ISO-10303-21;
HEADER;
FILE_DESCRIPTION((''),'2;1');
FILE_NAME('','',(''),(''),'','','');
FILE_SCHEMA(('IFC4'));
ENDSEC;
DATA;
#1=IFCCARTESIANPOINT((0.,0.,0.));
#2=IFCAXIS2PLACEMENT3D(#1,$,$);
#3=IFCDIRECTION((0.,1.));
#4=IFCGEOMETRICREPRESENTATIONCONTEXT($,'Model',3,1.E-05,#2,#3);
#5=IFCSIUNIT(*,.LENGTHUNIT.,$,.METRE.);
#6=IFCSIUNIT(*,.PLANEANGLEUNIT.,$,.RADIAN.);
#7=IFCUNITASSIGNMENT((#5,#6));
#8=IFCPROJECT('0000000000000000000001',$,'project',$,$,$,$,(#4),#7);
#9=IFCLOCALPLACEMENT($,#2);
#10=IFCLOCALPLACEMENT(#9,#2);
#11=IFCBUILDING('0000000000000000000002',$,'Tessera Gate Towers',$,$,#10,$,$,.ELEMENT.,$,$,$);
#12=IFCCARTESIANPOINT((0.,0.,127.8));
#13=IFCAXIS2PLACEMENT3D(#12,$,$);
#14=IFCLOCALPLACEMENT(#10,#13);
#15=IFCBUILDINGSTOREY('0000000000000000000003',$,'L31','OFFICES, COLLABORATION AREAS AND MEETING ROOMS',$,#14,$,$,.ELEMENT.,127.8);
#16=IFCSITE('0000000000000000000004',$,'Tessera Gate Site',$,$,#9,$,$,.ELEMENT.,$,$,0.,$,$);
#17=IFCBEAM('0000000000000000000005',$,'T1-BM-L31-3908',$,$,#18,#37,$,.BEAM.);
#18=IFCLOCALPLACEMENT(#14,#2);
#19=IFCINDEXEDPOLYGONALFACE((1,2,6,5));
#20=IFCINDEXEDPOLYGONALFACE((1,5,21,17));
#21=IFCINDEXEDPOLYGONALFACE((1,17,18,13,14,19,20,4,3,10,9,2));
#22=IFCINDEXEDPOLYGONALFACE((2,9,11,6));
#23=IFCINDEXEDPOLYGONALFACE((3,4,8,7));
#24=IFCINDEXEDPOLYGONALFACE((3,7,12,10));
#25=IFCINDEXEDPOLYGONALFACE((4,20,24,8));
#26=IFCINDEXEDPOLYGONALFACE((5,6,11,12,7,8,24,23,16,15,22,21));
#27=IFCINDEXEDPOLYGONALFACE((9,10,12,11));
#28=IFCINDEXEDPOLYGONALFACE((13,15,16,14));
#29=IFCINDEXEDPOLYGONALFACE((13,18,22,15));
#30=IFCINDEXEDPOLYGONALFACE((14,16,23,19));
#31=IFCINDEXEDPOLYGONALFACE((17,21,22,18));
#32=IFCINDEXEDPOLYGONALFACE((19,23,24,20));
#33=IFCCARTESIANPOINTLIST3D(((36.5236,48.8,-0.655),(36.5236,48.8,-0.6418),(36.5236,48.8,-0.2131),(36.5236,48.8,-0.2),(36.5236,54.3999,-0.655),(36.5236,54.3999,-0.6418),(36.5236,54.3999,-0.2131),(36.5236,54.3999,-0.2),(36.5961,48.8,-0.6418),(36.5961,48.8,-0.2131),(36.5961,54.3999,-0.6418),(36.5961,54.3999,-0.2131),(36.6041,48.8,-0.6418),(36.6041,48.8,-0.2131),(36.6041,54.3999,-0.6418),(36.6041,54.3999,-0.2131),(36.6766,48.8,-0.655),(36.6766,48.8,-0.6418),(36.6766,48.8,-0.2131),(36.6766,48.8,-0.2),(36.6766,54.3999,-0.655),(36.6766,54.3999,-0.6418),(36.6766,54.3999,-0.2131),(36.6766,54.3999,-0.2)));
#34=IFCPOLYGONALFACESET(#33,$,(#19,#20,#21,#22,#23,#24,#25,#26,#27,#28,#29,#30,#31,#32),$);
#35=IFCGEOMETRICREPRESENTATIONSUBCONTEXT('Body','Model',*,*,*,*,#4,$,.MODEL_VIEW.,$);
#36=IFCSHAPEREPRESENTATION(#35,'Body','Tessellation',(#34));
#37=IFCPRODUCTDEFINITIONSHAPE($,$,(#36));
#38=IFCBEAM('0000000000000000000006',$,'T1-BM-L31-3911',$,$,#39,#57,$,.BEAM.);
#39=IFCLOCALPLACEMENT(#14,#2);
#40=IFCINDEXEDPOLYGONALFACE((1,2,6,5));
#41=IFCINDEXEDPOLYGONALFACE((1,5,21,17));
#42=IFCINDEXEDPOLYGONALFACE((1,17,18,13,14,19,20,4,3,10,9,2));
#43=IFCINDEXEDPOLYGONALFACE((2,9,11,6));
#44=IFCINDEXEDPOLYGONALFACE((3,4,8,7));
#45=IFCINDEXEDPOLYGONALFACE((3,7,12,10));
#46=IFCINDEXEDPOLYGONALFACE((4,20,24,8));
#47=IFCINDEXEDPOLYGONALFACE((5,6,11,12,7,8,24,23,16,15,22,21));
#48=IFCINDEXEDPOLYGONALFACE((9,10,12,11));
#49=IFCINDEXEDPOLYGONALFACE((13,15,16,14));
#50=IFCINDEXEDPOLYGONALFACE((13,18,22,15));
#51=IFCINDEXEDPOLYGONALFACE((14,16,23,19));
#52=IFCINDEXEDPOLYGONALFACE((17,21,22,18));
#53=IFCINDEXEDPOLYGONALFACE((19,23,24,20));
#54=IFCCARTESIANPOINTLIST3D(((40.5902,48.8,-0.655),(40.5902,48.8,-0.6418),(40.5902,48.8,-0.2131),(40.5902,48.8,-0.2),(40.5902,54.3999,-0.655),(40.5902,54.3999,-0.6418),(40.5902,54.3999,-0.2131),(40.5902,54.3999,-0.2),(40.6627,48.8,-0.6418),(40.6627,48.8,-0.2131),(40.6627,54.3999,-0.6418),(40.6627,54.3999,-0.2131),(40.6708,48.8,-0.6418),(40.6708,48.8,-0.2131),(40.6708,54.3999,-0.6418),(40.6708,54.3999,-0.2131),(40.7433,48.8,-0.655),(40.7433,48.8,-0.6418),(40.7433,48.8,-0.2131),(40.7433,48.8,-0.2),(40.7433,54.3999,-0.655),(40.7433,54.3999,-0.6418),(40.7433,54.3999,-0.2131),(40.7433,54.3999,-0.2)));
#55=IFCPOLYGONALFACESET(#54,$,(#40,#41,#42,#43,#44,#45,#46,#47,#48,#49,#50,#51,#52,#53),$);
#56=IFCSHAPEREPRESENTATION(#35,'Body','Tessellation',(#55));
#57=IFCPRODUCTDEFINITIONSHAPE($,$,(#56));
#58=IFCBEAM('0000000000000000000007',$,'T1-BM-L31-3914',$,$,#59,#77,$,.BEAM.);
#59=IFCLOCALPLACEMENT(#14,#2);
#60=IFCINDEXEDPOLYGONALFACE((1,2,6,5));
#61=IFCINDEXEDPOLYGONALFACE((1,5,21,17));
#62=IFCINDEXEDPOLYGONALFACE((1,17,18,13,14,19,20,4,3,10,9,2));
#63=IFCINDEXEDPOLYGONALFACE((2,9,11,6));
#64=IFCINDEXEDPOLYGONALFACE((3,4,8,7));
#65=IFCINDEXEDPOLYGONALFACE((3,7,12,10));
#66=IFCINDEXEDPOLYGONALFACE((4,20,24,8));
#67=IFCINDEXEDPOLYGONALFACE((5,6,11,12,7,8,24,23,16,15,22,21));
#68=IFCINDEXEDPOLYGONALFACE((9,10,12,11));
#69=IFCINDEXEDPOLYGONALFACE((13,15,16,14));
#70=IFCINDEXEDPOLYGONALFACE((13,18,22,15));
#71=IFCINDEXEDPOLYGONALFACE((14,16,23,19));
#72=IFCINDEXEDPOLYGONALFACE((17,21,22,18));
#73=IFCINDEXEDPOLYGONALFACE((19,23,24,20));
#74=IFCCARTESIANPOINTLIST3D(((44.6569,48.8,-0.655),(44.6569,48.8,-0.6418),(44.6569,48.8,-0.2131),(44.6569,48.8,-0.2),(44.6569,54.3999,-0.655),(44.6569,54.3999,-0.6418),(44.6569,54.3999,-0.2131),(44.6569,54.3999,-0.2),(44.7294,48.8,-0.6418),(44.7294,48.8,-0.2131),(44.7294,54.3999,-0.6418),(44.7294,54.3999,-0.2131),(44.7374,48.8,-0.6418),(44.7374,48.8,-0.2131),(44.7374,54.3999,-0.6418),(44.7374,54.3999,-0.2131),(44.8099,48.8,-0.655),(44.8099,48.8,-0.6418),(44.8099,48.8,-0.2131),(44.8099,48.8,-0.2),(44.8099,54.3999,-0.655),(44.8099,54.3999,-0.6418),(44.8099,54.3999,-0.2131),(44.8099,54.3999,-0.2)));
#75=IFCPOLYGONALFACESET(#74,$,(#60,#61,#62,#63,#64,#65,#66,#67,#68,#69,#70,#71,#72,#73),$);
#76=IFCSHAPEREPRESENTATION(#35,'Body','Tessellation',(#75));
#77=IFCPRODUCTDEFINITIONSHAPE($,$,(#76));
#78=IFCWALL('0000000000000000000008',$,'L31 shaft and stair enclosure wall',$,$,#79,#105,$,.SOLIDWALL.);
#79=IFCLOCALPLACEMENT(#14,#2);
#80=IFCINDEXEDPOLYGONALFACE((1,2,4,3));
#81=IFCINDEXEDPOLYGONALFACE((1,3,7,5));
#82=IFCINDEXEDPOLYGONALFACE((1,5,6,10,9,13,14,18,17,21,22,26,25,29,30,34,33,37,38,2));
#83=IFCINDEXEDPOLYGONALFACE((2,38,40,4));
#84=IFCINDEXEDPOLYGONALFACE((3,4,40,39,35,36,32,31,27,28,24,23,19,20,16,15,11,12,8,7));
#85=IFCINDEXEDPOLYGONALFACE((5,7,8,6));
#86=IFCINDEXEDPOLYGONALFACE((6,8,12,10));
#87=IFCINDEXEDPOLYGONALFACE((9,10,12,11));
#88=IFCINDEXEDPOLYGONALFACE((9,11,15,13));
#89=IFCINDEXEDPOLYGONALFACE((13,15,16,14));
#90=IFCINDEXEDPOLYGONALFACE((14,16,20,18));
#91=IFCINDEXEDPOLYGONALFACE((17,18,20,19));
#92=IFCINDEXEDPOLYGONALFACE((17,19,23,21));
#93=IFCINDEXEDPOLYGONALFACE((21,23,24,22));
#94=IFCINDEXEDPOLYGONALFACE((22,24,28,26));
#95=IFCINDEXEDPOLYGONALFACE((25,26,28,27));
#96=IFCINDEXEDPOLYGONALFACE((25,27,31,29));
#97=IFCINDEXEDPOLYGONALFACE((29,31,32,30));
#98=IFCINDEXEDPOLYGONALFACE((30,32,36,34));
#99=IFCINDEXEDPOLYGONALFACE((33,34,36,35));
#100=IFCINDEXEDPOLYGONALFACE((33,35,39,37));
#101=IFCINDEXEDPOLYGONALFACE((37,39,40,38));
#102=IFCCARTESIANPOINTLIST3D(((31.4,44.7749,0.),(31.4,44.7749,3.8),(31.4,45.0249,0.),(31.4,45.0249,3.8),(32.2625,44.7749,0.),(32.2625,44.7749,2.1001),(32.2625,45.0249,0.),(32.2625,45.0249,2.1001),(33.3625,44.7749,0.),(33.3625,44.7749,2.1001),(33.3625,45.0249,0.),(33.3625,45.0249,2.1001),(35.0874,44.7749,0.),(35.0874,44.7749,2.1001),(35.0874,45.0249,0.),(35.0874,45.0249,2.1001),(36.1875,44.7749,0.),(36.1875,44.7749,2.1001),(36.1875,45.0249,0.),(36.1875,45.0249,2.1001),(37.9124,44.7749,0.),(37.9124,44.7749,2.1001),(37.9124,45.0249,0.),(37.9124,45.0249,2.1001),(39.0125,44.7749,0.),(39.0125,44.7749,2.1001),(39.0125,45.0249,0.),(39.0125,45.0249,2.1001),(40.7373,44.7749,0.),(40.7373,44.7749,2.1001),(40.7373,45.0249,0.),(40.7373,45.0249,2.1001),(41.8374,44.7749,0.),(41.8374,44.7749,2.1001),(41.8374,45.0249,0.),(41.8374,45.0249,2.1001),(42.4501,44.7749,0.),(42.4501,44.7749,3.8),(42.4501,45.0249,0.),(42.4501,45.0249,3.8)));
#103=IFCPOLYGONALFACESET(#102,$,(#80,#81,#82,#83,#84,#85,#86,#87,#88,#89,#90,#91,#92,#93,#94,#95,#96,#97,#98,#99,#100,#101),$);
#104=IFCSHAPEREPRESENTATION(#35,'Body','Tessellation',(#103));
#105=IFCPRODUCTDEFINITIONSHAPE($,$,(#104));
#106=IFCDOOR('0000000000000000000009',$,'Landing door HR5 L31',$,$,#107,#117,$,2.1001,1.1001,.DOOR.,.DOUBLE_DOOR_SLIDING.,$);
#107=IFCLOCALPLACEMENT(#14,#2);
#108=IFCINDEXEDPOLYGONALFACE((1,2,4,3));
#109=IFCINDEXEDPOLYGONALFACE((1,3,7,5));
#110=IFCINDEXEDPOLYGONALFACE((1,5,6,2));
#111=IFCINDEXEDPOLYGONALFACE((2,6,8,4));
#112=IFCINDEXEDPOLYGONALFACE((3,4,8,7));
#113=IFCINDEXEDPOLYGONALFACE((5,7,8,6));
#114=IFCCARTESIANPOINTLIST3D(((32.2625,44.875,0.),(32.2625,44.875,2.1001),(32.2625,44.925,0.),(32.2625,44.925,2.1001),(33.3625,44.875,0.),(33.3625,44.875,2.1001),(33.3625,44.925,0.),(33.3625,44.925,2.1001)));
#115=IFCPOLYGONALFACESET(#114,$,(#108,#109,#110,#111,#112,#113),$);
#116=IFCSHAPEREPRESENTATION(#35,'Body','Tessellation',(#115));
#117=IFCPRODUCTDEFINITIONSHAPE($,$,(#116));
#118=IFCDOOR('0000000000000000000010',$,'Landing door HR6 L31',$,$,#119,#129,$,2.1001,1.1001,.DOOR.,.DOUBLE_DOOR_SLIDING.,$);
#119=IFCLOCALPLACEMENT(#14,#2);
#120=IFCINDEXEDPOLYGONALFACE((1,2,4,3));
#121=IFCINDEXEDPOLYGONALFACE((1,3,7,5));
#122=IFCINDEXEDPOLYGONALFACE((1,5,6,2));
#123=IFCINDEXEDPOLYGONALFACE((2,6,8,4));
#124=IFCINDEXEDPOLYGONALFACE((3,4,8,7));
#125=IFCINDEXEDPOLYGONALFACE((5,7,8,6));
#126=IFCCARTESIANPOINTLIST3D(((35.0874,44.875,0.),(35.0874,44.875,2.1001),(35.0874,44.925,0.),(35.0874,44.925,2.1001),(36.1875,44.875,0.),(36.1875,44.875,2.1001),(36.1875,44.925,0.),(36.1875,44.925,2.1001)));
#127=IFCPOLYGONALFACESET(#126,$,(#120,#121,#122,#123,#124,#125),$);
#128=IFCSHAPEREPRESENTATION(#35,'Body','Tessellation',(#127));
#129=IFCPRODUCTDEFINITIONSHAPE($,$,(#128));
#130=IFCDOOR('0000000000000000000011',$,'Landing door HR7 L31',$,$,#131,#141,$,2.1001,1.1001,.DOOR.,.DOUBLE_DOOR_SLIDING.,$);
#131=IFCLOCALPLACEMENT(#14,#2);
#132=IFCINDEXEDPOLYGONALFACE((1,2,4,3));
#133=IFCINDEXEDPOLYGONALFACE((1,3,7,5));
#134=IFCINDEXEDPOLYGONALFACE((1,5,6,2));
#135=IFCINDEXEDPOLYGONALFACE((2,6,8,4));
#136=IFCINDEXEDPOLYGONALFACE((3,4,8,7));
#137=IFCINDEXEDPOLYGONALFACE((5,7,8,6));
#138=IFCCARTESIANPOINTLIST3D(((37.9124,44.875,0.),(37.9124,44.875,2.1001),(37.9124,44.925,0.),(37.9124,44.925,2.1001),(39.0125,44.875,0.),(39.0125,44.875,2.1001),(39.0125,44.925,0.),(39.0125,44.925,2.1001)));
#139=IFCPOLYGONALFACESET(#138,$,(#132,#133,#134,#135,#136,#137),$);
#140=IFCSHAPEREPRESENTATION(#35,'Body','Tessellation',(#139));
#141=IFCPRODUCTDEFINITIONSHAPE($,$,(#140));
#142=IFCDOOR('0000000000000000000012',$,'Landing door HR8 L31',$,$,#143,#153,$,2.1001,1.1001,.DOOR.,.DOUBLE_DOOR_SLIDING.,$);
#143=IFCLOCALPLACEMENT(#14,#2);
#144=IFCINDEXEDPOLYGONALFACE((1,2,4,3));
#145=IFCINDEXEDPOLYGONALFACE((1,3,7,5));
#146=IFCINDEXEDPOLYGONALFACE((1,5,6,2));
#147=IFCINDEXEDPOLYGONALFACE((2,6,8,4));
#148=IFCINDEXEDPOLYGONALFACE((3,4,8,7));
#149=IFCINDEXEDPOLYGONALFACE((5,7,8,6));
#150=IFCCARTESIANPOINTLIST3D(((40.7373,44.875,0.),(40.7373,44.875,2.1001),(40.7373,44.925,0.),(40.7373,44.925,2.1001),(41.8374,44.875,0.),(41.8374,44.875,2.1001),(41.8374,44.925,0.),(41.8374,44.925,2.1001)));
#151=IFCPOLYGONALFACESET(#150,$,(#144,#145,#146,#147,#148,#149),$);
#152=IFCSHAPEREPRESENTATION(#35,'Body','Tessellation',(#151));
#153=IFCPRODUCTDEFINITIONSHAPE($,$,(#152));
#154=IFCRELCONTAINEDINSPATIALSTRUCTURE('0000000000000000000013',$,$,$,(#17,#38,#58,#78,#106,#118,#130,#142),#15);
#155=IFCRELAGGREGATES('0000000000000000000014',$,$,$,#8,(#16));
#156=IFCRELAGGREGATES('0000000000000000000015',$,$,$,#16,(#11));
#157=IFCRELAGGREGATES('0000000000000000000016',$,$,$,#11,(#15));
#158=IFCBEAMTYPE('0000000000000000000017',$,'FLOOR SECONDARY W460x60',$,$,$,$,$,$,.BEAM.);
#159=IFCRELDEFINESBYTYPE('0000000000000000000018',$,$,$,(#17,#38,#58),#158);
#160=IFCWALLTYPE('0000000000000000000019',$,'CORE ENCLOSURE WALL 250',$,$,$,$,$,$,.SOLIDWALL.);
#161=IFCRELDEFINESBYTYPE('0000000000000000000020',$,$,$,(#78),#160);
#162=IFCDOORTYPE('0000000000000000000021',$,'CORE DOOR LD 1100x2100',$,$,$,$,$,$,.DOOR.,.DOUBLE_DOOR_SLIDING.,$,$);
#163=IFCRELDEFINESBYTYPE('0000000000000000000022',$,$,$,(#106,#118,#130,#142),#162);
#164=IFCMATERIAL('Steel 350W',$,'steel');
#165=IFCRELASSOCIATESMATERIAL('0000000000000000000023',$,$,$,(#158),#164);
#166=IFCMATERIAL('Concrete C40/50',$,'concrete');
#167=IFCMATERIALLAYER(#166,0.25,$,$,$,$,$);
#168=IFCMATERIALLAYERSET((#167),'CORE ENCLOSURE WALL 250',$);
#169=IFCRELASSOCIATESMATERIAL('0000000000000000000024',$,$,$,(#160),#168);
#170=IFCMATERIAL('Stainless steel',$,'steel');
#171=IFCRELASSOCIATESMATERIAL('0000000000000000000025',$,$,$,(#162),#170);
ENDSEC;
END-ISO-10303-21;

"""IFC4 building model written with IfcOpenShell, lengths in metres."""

from ifc_helpers import new_model, si_unit, direction, frame, frame_2d, origin, origin_2d, place, context, subcontext, project, spatial, rectangle, i_section, extrude, source, transform, mapped, material, layer, layer_set, material_profile, profile_set, type_object, element, fill, save


model = new_model("IFC4")

# Units and contexts
model_context = context("Model", 3, precision=1e-05, world=origin(), true_north=direction((0.0, 1.0)))
body_context = subcontext(model_context, "Body", "Model", "MODEL_VIEW")
ifc_project = project(units=[si_unit("LENGTHUNIT", "METRE"), si_unit("PLANEANGLEUNIT", "RADIAN")], contexts=[model_context])

# Site, building, storey
site_placement = place(None, origin())
site = spatial("IfcSite", under=ifc_project, at=site_placement, Name="Tessera Gate Site", CompositionType="ELEMENT", RefElevation=0.0)
building_placement = place(site_placement, origin())
building = spatial("IfcBuilding", under=site, at=building_placement, Name="Tessera Gate Towers", CompositionType="ELEMENT")
storey_placement = place(building_placement, frame((0.0, 0.0, 127.8)))
storey = spatial("IfcBuildingStorey", under=building, at=storey_placement, Name="L31", Description="OFFICES, COLLABORATION AREAS AND MEETING ROOMS", CompositionType="ELEMENT", Elevation=127.8)

# Beams
ifc_material_1 = material(Name="Steel 350W", Category="steel")
ifc_material_profile = material_profile(ifc_material_1, i_section(OverallWidth=0.1531, OverallDepth=0.4551, WebThickness=0.0081, FlangeThickness=0.0132, at=origin_2d()), Name="W460x60")
ifc_profile_set = profile_set([ifc_material_profile], Name="Steel 350W")
beam_type = type_object("IfcBeamType", Name="FLOOR SECONDARY W460x60", PredefinedType="BEAM", material=ifc_profile_set)
for number, where, z_axis, x_axis, name in (
    (1, (36.6001, 48.8, -0.4275), (0.0, 1.0, 0.0), (-1.0, 0.0, 0.0), "T1-BM-L31-3908"),
    (2, (40.6667, 48.8, -0.4275), (0.0, 1.0, 0.0), (-1.0, 0.0, 0.0), "T1-BM-L31-3911"),
    (3, (44.7334, 48.8, -0.4275), (0.0, 1.0, 0.0), (-1.0, 0.0, 0.0), "T1-BM-L31-3914"),
):
    element("IfcBeam", number, at=place(storey_placement, frame(where, z_axis=z_axis, x_axis=x_axis)), inside=storey, type_object=beam_type, Name=name, PredefinedType="BEAM", context=body_context, shape_type="SweptSolid", body=[
        extrude(i_section(OverallWidth=0.1531, OverallDepth=0.4551, WebThickness=0.0081, FlangeThickness=0.0132, at=origin_2d()), origin(), (0.0, 0.0, 1.0), 5.5999),
    ])

# Wall, openings, doors
ifc_material_2 = material(Name="Concrete C40/50", Category="concrete")
ifc_layer_1 = layer(ifc_material_2, 0.25)
ifc_layer_set_1 = layer_set([ifc_layer_1], Name="CORE ENCLOSURE WALL 250")
wall_type_1 = type_object("IfcWallType", Name="CORE ENCLOSURE WALL 250", PredefinedType="SOLIDWALL", material=ifc_layer_set_1)
wall_1_placement = place(storey_placement, frame((42.45, 44.8999, 0.0), z_axis=(0.0, 0.0, 1.0), x_axis=(-1.0, 0.0, 0.0)))
wall_1 = element("IfcWall", 4, at=wall_1_placement, inside=storey, type_object=wall_type_1, Name="L31 shaft and stair enclosure wall", PredefinedType="SOLIDWALL", context=body_context, shape_type="SweptSolid", body=[
    extrude(rectangle(XDim=11.05, YDim=0.25, at=frame_2d((5.5249, 0.0))), origin(), (0.0, 0.0, 1.0), 3.8),
])
shared_shape_1 = source(origin(), body_context, "Body", "SweptSolid", [
    extrude(rectangle(XDim=1.1001, YDim=2.1001, at=frame_2d((0.55, 1.05))), frame((0.0, 0.135, 0.0), z_axis=(0.0, -1.0, 0.0), x_axis=(1.0, 0.0, 0.0)), (0.0, 0.0, 1.0), 0.27),
])
opening_1_placement = place(wall_1_placement, frame((9.0874, 0.0, 0.0)))
opening_1 = element("IfcOpeningElement", 5, at=opening_1_placement, cuts=wall_1, PredefinedType="OPENING", context=body_context, shape_type="MappedRepresentation", body=[
    mapped(shared_shape_1, transform((0.0, 0.0, 0.0), scale=1.0)),
])
opening_2_placement = place(wall_1_placement, frame((6.2625, 0.0, 0.0)))
opening_2 = element("IfcOpeningElement", 6, at=opening_2_placement, cuts=wall_1, PredefinedType="OPENING", context=body_context, shape_type="MappedRepresentation", body=[
    mapped(shared_shape_1, transform((0.0, 0.0, 0.0), scale=1.0)),
])
opening_3_placement = place(wall_1_placement, frame((3.4375, 0.0, 0.0)))
opening_3 = element("IfcOpeningElement", 7, at=opening_3_placement, cuts=wall_1, PredefinedType="OPENING", context=body_context, shape_type="MappedRepresentation", body=[
    mapped(shared_shape_1, transform((0.0, 0.0, 0.0), scale=1.0)),
])
opening_4_placement = place(wall_1_placement, frame((0.6125, 0.0, 0.0)))
opening_4 = element("IfcOpeningElement", 8, at=opening_4_placement, cuts=wall_1, PredefinedType="OPENING", context=body_context, shape_type="MappedRepresentation", body=[
    mapped(shared_shape_1, transform((0.0, 0.0, 0.0), scale=1.0)),
])
ifc_material_3 = material(Name="Stainless steel", Category="steel")
door_type_1 = type_object("IfcDoorType", Name="CORE DOOR LD 1100x2100", OperationType="DOUBLE_DOOR_SLIDING", PredefinedType="DOOR", material=ifc_material_3)
shared_shape_2 = source(origin(), body_context, "Body", "SweptSolid", [
    extrude(rectangle(XDim=1.1001, YDim=2.1001, at=frame_2d((0.55, 1.05))), frame((0.0, 0.0249, 0.0), z_axis=(0.0, -1.0, 0.0), x_axis=(1.0, 0.0, 0.0)), (0.0, 0.0, 1.0), 0.05),
])
door_1_placement = place(opening_1_placement, origin())
door_1 = element("IfcDoor", 9, at=door_1_placement, inside=storey, type_object=door_type_1, Name="Landing door HR5 L31", OperationType="DOUBLE_DOOR_SLIDING", OverallHeight=2.1001, OverallWidth=1.1001, PredefinedType="DOOR", context=body_context, shape_type="MappedRepresentation", body=[
    mapped(shared_shape_2, transform((0.0, 0.0, 0.0), scale=1.0)),
])
fill(opening_1, door_1)
door_2_placement = place(opening_2_placement, origin())
door_2 = element("IfcDoor", 10, at=door_2_placement, inside=storey, type_object=door_type_1, Name="Landing door HR6 L31", OperationType="DOUBLE_DOOR_SLIDING", OverallHeight=2.1001, OverallWidth=1.1001, PredefinedType="DOOR", context=body_context, shape_type="MappedRepresentation", body=[
    mapped(shared_shape_2, transform((0.0, 0.0, 0.0), scale=1.0)),
])
fill(opening_2, door_2)
door_3_placement = place(opening_3_placement, origin())
door_3 = element("IfcDoor", 11, at=door_3_placement, inside=storey, type_object=door_type_1, Name="Landing door HR7 L31", OperationType="DOUBLE_DOOR_SLIDING", OverallHeight=2.1001, OverallWidth=1.1001, PredefinedType="DOOR", context=body_context, shape_type="MappedRepresentation", body=[
    mapped(shared_shape_2, transform((0.0, 0.0, 0.0), scale=1.0)),
])
fill(opening_3, door_3)
door_4_placement = place(opening_4_placement, origin())
door_4 = element("IfcDoor", 12, at=door_4_placement, inside=storey, type_object=door_type_1, Name="Landing door HR8 L31", OperationType="DOUBLE_DOOR_SLIDING", OverallHeight=2.1001, OverallWidth=1.1001, PredefinedType="DOOR", context=body_context, shape_type="MappedRepresentation", body=[
    mapped(shared_shape_2, transform((0.0, 0.0, 0.0), scale=1.0)),
])
fill(opening_4, door_4)

save(model, "model.ifc")
